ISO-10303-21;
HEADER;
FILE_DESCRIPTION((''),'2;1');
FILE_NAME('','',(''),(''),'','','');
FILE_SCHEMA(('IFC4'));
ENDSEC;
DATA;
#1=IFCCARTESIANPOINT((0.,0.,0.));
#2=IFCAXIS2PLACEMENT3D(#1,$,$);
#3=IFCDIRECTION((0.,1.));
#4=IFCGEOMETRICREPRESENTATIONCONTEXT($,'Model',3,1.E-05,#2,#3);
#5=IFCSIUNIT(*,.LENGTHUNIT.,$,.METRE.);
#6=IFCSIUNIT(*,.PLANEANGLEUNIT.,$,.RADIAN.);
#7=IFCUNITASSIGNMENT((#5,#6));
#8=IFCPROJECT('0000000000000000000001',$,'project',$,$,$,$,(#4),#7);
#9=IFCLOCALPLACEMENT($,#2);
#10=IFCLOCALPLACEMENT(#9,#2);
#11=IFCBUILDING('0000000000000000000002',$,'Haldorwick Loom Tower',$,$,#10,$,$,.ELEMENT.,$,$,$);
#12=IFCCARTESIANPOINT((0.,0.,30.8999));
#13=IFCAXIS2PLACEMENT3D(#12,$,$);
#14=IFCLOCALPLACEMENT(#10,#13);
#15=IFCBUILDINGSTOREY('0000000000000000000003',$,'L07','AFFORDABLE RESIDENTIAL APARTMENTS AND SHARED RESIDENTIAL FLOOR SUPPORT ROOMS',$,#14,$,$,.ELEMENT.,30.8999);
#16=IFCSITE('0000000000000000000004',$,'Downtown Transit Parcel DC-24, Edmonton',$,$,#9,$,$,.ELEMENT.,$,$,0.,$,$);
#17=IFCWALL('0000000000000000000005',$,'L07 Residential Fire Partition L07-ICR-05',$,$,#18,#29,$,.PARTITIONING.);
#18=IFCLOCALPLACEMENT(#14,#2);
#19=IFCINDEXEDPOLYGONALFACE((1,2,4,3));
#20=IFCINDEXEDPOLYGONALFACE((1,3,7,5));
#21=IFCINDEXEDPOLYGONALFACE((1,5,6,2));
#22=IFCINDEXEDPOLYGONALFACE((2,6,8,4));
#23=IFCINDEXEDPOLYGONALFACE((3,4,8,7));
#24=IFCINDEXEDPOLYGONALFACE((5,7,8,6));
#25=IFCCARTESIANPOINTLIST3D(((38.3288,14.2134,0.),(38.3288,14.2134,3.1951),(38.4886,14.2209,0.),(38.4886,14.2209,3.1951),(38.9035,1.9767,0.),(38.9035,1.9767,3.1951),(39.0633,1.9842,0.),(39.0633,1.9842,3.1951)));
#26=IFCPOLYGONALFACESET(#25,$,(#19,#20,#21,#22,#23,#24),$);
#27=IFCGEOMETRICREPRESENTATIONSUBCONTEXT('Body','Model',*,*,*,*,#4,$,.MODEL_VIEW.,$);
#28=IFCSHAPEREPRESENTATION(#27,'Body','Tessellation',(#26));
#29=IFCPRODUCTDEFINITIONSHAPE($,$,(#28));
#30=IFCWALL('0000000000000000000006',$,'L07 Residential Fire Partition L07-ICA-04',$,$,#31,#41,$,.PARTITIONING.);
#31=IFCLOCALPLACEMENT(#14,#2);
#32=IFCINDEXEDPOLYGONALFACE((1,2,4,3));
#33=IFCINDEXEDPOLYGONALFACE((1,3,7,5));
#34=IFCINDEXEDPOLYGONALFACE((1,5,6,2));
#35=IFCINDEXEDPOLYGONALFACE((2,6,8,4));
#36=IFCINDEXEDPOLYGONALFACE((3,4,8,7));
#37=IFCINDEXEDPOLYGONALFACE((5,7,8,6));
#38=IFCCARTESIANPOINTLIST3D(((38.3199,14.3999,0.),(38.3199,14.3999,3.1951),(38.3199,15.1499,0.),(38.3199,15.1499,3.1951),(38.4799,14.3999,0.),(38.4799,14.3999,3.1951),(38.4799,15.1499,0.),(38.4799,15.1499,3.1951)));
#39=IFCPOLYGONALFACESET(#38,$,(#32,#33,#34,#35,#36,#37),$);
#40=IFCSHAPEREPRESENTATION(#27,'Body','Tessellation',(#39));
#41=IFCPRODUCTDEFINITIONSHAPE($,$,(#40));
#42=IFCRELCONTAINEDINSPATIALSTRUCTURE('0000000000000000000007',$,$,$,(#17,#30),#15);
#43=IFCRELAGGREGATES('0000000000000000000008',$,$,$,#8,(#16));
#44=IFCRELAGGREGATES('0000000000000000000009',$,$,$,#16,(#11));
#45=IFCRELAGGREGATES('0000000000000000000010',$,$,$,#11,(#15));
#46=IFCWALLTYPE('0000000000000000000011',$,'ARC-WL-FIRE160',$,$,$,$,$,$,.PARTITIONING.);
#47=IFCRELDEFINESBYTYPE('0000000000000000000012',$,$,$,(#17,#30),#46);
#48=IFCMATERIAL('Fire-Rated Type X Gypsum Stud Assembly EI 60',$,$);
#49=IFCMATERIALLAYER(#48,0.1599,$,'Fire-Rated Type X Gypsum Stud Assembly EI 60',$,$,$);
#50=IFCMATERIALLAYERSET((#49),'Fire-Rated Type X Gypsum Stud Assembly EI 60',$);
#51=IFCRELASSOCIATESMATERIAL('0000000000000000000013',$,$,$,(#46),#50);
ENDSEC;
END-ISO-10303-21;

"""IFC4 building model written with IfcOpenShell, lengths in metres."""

from ifc_helpers import new_model, si_unit, direction, frame, frame_2d, origin, place, context, subcontext, project, spatial, rectangle, extrude, material, layer, layer_set, type_object, element, save


model = new_model("IFC4")

# Units and contexts
model_context = context("Model", 3, precision=1e-05, world=origin(), true_north=direction((0.0, 1.0)))
body_context = subcontext(model_context, "Body", "Model", "MODEL_VIEW")
ifc_project = project(units=[si_unit("LENGTHUNIT", "METRE"), si_unit("PLANEANGLEUNIT", "RADIAN")], contexts=[model_context])

# Site, building, storey
site_placement = place(None, origin())
site = spatial("IfcSite", under=ifc_project, at=site_placement, Name="Downtown Transit Parcel DC-24, Edmonton", CompositionType="ELEMENT", RefElevation=0.0)
building_placement = place(site_placement, origin())
building = spatial("IfcBuilding", under=site, at=building_placement, Name="Haldorwick Loom Tower", CompositionType="ELEMENT")
storey_placement = place(building_placement, frame((0.0, 0.0, 30.8999)))
storey = spatial("IfcBuildingStorey", under=building, at=storey_placement, Name="L07", Description="AFFORDABLE RESIDENTIAL APARTMENTS AND SHARED RESIDENTIAL FLOOR SUPPORT ROOMS", CompositionType="ELEMENT", Elevation=30.8999)

# Walls
ifc_material_1 = material(Name="Fire-Rated Type X Gypsum Stud Assembly EI 60")
ifc_layer_1 = layer(ifc_material_1, 0.1599, Name="Fire-Rated Type X Gypsum Stud Assembly EI 60")
ifc_layer_set_1 = layer_set([ifc_layer_1], Name="Fire-Rated Type X Gypsum Stud Assembly EI 60")
wall_type_1 = type_object("IfcWallType", Name="ARC-WL-FIRE160", PredefinedType="PARTITIONING", material=ifc_layer_set_1)
wall_1_placement = place(storey_placement, frame((38.4087, 14.217, 0.0), z_axis=(0.0, 0.0, 1.0), x_axis=(0.046914, -0.998899, 0.0)))
element("IfcWall", 1, at=wall_1_placement, inside=storey, type_object=wall_type_1, Name="L07 Residential Fire Partition L07-ICR-05", PredefinedType="PARTITIONING", context=body_context, shape_type="SweptSolid", body=[
    extrude(rectangle(XDim=12.2502, YDim=0.1599, at=frame_2d((6.125, 0.0))), origin(), (0.0, 0.0, 1.0), 3.1951),
])
wall_2_placement = place(storey_placement, frame((38.3999, 15.1499, 0.0), z_axis=(0.0, 0.0, 1.0), x_axis=(0.0, -1.0, 0.0)))
element("IfcWall", 2, at=wall_2_placement, inside=storey, type_object=wall_type_1, Name="L07 Residential Fire Partition L07-ICA-04", PredefinedType="PARTITIONING", context=body_context, shape_type="SweptSolid", body=[
    extrude(rectangle(XDim=0.75, YDim=0.1599, at=frame_2d((0.375, 0.0))), origin(), (0.0, 0.0, 1.0), 3.1951),
])

save(model, "model.ifc")
